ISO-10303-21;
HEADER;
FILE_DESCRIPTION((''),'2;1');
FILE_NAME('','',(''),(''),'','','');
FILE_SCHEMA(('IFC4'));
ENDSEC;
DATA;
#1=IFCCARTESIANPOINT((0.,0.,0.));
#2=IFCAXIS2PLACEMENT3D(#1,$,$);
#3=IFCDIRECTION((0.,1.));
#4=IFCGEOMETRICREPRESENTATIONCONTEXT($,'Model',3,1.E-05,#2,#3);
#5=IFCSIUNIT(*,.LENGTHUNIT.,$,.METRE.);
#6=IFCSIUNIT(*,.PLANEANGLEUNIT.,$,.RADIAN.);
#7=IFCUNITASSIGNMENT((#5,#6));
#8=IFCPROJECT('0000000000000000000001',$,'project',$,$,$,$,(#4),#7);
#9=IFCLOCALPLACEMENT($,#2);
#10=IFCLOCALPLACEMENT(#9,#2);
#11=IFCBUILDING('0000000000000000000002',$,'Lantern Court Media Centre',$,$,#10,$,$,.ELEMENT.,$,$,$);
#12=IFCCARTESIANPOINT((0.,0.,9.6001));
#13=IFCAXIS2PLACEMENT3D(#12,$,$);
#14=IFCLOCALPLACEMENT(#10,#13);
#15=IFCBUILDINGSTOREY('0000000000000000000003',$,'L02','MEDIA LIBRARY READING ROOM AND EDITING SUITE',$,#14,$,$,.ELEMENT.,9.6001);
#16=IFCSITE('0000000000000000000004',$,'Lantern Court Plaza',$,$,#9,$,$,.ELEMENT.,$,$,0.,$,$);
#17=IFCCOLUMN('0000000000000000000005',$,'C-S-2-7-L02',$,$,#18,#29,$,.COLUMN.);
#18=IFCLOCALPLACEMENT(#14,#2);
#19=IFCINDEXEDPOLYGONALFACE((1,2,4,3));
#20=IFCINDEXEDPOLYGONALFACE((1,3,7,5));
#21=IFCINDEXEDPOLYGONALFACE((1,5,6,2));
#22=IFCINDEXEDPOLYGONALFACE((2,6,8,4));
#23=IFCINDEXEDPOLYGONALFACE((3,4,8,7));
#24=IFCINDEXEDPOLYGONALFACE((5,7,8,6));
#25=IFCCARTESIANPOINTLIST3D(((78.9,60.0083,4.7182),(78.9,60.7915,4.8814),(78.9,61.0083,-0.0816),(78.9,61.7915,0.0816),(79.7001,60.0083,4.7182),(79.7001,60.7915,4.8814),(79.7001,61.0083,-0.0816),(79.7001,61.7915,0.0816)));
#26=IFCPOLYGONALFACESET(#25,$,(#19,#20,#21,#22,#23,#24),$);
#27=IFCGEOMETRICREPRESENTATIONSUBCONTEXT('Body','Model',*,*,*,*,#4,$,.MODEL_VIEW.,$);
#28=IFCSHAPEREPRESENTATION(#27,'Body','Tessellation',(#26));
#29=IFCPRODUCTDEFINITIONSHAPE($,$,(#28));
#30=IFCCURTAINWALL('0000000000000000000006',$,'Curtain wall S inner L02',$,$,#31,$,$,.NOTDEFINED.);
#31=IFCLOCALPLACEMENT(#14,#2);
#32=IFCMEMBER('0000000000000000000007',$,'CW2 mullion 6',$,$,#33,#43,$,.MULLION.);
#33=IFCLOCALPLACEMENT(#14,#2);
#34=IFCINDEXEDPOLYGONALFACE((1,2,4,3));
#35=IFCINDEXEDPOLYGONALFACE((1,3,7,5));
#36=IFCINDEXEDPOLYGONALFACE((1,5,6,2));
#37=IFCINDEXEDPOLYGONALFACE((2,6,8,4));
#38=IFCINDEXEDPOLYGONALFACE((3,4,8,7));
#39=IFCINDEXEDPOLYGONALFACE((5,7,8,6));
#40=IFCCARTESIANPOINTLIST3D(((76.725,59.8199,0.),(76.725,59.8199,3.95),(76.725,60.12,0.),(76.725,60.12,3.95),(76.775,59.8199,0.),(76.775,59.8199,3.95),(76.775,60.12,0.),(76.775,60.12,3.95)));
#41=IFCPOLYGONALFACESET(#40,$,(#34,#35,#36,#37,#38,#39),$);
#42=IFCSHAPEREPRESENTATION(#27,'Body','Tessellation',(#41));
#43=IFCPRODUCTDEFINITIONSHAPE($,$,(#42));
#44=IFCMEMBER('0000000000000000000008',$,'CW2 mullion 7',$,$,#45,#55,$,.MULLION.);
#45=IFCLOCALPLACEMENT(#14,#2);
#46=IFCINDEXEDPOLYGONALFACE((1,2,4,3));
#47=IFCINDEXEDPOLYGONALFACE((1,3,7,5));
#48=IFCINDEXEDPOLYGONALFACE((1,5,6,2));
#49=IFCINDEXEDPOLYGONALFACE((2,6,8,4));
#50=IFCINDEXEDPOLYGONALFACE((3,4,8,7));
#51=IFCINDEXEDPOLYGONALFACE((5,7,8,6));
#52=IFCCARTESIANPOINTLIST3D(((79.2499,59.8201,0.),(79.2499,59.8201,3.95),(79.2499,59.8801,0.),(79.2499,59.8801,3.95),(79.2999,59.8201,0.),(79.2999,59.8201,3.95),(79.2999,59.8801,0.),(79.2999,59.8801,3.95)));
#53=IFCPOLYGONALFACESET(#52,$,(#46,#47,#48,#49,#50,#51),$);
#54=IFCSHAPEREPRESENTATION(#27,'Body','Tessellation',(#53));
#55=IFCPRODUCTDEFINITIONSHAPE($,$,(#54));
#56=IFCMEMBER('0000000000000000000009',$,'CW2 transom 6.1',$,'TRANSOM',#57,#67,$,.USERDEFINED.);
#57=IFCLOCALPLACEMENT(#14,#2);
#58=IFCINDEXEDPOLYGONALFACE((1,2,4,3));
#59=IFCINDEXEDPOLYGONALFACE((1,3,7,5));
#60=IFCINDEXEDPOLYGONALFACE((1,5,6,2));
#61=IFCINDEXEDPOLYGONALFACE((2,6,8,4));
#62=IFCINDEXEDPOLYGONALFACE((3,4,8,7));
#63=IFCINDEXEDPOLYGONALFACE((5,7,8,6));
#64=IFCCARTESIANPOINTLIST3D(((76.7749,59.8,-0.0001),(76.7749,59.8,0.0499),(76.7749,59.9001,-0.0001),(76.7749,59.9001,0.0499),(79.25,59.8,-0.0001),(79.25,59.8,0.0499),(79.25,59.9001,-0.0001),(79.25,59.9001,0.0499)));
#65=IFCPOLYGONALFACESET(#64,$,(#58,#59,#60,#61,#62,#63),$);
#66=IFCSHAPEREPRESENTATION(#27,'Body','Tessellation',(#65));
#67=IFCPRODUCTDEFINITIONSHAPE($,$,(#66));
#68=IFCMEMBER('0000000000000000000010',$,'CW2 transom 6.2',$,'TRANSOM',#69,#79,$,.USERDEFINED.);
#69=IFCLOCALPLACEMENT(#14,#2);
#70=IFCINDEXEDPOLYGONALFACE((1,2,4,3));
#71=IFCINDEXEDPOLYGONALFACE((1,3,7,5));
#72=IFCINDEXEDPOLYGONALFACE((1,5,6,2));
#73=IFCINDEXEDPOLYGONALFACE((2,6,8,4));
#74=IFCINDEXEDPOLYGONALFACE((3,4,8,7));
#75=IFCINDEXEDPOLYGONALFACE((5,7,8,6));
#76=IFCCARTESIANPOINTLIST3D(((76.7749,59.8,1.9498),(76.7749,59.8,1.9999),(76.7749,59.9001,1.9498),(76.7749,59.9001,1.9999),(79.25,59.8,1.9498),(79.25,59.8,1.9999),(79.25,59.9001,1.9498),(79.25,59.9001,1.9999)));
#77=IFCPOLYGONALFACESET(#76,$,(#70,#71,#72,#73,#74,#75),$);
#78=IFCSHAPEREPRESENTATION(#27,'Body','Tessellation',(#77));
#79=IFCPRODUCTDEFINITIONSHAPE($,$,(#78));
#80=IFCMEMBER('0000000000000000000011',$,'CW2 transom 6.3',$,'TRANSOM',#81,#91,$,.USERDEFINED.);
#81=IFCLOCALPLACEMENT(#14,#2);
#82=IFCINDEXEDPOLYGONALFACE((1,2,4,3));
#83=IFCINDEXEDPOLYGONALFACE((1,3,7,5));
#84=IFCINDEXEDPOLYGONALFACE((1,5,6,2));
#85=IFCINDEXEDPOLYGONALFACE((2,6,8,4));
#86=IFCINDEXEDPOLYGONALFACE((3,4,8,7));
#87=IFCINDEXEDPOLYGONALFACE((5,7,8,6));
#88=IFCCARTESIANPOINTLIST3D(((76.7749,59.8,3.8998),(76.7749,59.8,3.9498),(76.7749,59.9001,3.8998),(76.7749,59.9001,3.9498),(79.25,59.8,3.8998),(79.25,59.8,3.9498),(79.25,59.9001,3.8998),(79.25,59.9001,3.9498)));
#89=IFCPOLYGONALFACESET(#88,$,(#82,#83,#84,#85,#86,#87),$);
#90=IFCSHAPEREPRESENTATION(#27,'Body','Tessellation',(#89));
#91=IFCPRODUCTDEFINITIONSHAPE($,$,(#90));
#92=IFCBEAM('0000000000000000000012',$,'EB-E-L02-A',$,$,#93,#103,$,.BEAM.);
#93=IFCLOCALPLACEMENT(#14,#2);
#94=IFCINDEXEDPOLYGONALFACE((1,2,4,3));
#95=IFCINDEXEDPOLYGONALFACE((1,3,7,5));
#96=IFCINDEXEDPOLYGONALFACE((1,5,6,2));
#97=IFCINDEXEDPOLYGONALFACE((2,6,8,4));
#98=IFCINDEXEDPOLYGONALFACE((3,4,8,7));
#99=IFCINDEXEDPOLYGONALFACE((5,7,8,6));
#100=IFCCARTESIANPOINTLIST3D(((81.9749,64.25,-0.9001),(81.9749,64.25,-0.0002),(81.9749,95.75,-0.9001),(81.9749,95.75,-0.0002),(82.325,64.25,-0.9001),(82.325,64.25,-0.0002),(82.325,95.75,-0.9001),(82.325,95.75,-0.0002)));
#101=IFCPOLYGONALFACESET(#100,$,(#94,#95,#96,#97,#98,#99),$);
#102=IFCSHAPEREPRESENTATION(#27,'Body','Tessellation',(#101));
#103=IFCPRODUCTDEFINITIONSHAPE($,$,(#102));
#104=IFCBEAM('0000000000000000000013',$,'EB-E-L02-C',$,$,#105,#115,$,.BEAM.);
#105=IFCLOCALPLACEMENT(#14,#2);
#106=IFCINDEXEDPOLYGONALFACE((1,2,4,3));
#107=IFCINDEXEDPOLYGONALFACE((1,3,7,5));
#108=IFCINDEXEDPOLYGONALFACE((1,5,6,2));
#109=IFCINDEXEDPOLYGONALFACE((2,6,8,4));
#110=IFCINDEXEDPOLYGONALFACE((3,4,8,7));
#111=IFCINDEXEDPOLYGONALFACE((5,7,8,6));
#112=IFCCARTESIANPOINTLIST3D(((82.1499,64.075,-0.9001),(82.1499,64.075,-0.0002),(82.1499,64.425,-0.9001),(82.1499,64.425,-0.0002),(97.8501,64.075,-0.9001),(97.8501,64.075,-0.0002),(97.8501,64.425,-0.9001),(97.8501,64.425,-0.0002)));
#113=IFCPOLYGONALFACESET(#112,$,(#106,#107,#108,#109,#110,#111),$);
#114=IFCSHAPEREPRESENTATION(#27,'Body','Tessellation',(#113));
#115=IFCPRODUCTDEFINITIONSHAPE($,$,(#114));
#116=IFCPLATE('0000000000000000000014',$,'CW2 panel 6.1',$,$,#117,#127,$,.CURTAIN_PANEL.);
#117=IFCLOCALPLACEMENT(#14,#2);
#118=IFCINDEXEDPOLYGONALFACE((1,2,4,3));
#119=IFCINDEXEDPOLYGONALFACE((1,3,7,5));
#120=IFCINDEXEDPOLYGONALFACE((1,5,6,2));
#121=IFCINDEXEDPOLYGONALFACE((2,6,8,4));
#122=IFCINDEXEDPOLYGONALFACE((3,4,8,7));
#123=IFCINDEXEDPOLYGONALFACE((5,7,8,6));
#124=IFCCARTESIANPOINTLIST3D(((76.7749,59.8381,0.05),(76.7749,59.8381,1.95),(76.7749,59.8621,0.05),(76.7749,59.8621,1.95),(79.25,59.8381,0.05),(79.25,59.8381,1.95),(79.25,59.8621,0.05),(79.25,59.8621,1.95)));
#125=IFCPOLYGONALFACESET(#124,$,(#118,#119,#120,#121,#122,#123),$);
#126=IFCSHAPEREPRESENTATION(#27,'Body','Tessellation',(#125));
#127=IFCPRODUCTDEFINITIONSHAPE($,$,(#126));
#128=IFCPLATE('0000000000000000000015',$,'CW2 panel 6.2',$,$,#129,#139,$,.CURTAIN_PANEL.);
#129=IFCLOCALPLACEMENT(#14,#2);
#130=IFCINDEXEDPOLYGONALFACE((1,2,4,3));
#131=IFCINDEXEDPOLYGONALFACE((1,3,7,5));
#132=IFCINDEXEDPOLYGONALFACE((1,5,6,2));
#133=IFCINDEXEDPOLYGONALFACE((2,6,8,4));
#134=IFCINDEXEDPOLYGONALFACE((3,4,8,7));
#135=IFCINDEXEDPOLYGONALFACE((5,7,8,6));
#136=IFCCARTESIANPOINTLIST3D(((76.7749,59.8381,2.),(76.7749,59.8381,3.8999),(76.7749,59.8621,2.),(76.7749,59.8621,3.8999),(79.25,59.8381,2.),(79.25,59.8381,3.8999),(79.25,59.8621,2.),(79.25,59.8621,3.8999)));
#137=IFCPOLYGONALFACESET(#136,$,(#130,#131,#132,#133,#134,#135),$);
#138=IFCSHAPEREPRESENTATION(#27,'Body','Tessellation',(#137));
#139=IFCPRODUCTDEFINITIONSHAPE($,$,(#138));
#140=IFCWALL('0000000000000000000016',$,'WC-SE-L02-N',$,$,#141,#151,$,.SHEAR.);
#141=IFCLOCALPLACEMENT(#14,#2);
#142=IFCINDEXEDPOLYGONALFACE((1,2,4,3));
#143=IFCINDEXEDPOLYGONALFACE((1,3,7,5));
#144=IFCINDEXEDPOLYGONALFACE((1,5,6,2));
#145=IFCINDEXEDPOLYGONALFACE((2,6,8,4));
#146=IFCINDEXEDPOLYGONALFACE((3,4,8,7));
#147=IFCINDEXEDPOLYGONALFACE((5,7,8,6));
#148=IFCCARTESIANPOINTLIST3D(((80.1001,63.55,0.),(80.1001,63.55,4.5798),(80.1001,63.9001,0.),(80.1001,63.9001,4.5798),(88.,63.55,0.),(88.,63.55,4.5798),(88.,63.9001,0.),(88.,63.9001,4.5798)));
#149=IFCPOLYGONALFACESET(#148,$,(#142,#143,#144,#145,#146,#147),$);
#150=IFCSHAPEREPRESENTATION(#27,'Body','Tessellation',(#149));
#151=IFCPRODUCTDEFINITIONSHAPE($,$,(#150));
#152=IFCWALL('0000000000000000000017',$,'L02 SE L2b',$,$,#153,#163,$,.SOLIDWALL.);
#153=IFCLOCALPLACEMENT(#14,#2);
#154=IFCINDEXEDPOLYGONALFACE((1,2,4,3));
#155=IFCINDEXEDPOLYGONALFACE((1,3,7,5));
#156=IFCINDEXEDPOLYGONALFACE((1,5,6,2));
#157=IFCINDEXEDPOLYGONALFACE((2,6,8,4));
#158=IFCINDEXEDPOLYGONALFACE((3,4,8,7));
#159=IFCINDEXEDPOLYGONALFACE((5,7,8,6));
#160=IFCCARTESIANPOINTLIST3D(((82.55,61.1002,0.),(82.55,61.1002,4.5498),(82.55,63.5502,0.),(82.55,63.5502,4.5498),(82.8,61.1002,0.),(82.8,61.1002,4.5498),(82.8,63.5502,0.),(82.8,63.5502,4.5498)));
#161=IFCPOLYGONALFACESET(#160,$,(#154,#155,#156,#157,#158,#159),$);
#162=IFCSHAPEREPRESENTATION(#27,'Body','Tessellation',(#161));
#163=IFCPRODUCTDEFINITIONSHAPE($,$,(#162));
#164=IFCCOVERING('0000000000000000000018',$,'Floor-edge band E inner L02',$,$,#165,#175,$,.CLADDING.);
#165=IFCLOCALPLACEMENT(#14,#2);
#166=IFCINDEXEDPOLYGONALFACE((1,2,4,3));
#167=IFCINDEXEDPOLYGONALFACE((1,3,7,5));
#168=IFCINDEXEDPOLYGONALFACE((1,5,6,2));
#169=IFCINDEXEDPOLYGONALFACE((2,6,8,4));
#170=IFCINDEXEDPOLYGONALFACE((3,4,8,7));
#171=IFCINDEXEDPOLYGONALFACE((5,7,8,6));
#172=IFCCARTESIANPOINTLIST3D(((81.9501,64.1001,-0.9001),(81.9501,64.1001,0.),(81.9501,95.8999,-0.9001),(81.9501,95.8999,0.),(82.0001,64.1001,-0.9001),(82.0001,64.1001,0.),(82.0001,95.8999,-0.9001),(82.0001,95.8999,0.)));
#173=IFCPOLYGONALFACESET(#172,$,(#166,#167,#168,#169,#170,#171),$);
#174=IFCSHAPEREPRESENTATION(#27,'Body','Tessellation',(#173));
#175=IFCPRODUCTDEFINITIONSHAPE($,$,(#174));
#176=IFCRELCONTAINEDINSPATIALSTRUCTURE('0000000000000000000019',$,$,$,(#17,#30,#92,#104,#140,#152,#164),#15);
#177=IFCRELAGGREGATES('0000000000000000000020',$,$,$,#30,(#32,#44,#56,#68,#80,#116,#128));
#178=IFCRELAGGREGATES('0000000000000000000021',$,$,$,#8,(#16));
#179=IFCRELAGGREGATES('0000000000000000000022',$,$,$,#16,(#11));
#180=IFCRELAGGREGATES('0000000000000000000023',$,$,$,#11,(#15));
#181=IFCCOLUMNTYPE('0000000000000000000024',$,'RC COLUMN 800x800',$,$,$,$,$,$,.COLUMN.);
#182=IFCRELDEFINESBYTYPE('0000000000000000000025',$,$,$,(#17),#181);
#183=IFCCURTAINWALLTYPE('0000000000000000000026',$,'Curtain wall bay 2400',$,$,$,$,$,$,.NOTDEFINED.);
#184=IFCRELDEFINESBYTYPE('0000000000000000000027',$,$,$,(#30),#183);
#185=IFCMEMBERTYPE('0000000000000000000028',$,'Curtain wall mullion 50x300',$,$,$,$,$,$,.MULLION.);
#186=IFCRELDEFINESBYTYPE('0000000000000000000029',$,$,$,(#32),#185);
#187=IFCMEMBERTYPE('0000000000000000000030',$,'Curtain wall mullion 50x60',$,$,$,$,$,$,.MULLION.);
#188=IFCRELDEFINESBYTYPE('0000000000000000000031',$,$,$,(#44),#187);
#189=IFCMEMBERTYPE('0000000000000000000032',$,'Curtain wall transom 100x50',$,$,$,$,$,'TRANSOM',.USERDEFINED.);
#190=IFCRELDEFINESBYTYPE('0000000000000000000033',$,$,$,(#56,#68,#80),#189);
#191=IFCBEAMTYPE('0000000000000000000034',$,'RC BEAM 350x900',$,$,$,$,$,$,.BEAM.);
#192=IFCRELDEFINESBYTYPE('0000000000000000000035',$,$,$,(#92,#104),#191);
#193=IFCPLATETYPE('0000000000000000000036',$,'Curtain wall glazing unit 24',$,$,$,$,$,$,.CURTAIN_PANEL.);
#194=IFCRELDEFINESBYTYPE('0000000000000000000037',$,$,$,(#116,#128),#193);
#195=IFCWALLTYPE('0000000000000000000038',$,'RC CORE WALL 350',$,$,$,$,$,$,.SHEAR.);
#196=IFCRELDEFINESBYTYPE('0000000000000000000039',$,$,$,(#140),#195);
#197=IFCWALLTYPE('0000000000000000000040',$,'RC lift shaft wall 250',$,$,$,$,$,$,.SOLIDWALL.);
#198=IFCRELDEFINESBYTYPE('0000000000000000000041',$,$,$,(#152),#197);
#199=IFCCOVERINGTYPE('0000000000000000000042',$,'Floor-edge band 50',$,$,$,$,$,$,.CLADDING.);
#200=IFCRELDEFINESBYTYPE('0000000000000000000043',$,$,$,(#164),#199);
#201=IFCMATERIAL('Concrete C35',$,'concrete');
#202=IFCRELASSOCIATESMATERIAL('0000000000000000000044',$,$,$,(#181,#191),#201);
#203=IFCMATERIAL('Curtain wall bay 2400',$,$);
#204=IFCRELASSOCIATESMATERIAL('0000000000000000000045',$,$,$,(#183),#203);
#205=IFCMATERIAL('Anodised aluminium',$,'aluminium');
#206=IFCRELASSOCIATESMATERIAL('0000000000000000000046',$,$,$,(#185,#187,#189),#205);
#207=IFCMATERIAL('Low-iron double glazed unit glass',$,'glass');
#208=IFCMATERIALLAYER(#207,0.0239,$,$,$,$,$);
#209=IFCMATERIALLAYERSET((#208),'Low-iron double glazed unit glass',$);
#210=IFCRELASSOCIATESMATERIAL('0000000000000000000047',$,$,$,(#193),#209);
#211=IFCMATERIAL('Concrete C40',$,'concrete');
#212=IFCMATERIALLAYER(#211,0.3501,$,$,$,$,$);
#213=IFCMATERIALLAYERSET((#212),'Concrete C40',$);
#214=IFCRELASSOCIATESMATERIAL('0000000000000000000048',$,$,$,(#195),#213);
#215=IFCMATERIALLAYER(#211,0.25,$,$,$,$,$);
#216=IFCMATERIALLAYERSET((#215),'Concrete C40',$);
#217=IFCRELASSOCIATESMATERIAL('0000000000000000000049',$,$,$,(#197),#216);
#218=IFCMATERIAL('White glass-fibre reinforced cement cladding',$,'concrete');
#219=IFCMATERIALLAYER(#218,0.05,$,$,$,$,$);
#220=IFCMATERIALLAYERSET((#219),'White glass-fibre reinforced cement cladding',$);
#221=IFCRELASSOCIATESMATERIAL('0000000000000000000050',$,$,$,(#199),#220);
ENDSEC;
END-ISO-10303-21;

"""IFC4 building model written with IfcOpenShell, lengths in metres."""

from ifc_helpers import new_model, si_unit, direction, frame, frame_2d, origin, origin_2d, place, context, subcontext, project, spatial, rectangle, extrude, material, layer, layer_set, material_profile, profile_set, type_object, element, aggregate, save


model = new_model("IFC4")

# Units and contexts
model_context = context("Model", 3, precision=1e-05, world=origin(), true_north=direction((0.0, 1.0)))
body_context = subcontext(model_context, "Body", "Model", "MODEL_VIEW")
ifc_project = project(units=[si_unit("LENGTHUNIT", "METRE"), si_unit("PLANEANGLEUNIT", "RADIAN")], contexts=[model_context])

# Site, building, storey
site_placement = place(None, origin())
site = spatial("IfcSite", under=ifc_project, at=site_placement, Name="Lantern Court Plaza", CompositionType="ELEMENT", RefElevation=0.0)
building_placement = place(site_placement, origin())
building = spatial("IfcBuilding", under=site, at=building_placement, Name="Lantern Court Media Centre", CompositionType="ELEMENT")
storey_placement = place(building_placement, frame((0.0, 0.0, 9.6001)))
storey = spatial("IfcBuildingStorey", under=building, at=storey_placement, Name="L02", Description="MEDIA LIBRARY READING ROOM AND EDITING SUITE", CompositionType="ELEMENT", Elevation=9.6001)

# Column
ifc_material_1 = material(Name="Concrete C35", Category="concrete")
ifc_material_profile_1 = material_profile(ifc_material_1, rectangle(XDim=0.8, YDim=0.8, at=origin_2d()), Name="RC 800x800")
ifc_profile_set_1 = profile_set([ifc_material_profile_1], Name="Concrete C35")
column_type = type_object("IfcColumnType", Name="RC COLUMN 800x800", PredefinedType="COLUMN", material=ifc_profile_set_1)
column_placement = place(storey_placement, frame((79.3, 61.3999, 0.0), z_axis=(0.0, -0.203962, 0.978979), x_axis=(1.0, 0.0, 0.0)))
element("IfcColumn", 1, at=column_placement, inside=storey, type_object=column_type, Name="C-S-2-7-L02", PredefinedType="COLUMN", context=body_context, shape_type="SweptSolid", body=[
    extrude(rectangle(XDim=0.8, YDim=0.8, at=origin_2d()), origin(), (0.0, 0.0, 1.0), 4.9028),
])

# Curtain wall, members
ifc_material_2 = material(Name="Curtain wall bay 2400")
curtain_wall_type = type_object("IfcCurtainWallType", Name="Curtain wall bay 2400", PredefinedType="NOTDEFINED", material=ifc_material_2)
curtain_wall_placement = place(storey_placement, origin())
curtain_wall = element("IfcCurtainWall", 2, at=curtain_wall_placement, inside=storey, type_object=curtain_wall_type, Name="Curtain wall S inner L02", PredefinedType="NOTDEFINED")
ifc_material_3 = material(Name="Anodised aluminium", Category="aluminium")
ifc_material_profile_2 = material_profile(ifc_material_3, rectangle(XDim=0.3, YDim=0.05, at=origin_2d()), Name="AL 50x300")
ifc_profile_set_2 = profile_set([ifc_material_profile_2], Name="Anodised aluminium")
member_type_1 = type_object("IfcMemberType", Name="Curtain wall mullion 50x300", PredefinedType="MULLION", material=ifc_profile_set_2)
member_1_placement = place(storey_placement, frame((76.75, 59.97, 0.0), z_axis=(0.0, 0.0, 1.0), x_axis=(0.0, 1.0, 0.0)))
member_1 = element("IfcMember", 3, at=member_1_placement, type_object=member_type_1, Name="CW2 mullion 6", PredefinedType="MULLION", context=body_context, shape_type="SweptSolid", body=[
    extrude(rectangle(XDim=0.3, YDim=0.05, at=origin_2d()), origin(), (0.0, 0.0, 1.0), 3.95),
])
ifc_material_profile_3 = material_profile(ifc_material_3, rectangle(XDim=0.0601, YDim=0.05, at=origin_2d()), Name="AL 50x60")
ifc_profile_set_3 = profile_set([ifc_material_profile_3], Name="Anodised aluminium")
member_type_2 = type_object("IfcMemberType", Name="Curtain wall mullion 50x60", PredefinedType="MULLION", material=ifc_profile_set_3)
member_2_placement = place(storey_placement, frame((79.2749, 59.8501, 0.0), z_axis=(0.0, 0.0, 1.0), x_axis=(0.0, 1.0, 0.0)))
member_2 = element("IfcMember", 4, at=member_2_placement, type_object=member_type_2, Name="CW2 mullion 7", PredefinedType="MULLION", context=body_context, shape_type="SweptSolid", body=[
    extrude(rectangle(XDim=0.0601, YDim=0.05, at=origin_2d()), origin(), (0.0, 0.0, 1.0), 3.95),
])
ifc_material_profile_4 = material_profile(ifc_material_3, rectangle(XDim=0.1001, YDim=0.05, at=origin_2d()), Name="AL 50x100")
ifc_profile_set_4 = profile_set([ifc_material_profile_4], Name="Anodised aluminium")
member_type_3 = type_object("IfcMemberType", Name="Curtain wall transom 100x50", ElementType="TRANSOM", PredefinedType="USERDEFINED", material=ifc_profile_set_4)
member_3_placement = place(storey_placement, frame((76.7749, 59.8501, 0.0249), z_axis=(1.0, 0.0, 0.0), x_axis=(0.0, 1.0, 0.0)))
member_3 = element("IfcMember", 5, at=member_3_placement, type_object=member_type_3, Name="CW2 transom 6.1", ObjectType="TRANSOM", PredefinedType="USERDEFINED", context=body_context, shape_type="SweptSolid", body=[
    extrude(rectangle(XDim=0.1001, YDim=0.05, at=origin_2d()), origin(), (0.0, 0.0, 1.0), 2.4751),
])
member_4_placement = place(storey_placement, frame((76.7749, 59.8501, 1.9749), z_axis=(1.0, 0.0, 0.0), x_axis=(0.0, 1.0, 0.0)))
member_4 = element("IfcMember", 6, at=member_4_placement, type_object=member_type_3, Name="CW2 transom 6.2", ObjectType="TRANSOM", PredefinedType="USERDEFINED", context=body_context, shape_type="SweptSolid", body=[
    extrude(rectangle(XDim=0.1001, YDim=0.05, at=origin_2d()), origin(), (0.0, 0.0, 1.0), 2.4751),
])
member_5_placement = place(storey_placement, frame((76.7749, 59.8501, 3.9248), z_axis=(1.0, 0.0, 0.0), x_axis=(0.0, 1.0, 0.0)))
member_5 = element("IfcMember", 7, at=member_5_placement, type_object=member_type_3, Name="CW2 transom 6.3", ObjectType="TRANSOM", PredefinedType="USERDEFINED", context=body_context, shape_type="SweptSolid", body=[
    extrude(rectangle(XDim=0.1001, YDim=0.05, at=origin_2d()), origin(), (0.0, 0.0, 1.0), 2.4751),
])

# Beams
ifc_material_profile_5 = material_profile(ifc_material_1, rectangle(XDim=0.3501, YDim=0.8999, at=origin_2d()), Name="RC 350x900")
ifc_profile_set_5 = profile_set([ifc_material_profile_5], Name="Concrete C35")
beam_type = type_object("IfcBeamType", Name="RC BEAM 350x900", PredefinedType="BEAM", material=ifc_profile_set_5)
beam_1_placement = place(storey_placement, frame((82.1499, 64.25, -0.4502), z_axis=(0.0, 1.0, 0.0), x_axis=(-1.0, 0.0, 0.0)))
element("IfcBeam", 8, at=beam_1_placement, inside=storey, type_object=beam_type, Name="EB-E-L02-A", PredefinedType="BEAM", context=body_context, shape_type="SweptSolid", body=[
    extrude(rectangle(XDim=0.3501, YDim=0.8999, at=origin_2d()), origin(), (0.0, 0.0, 1.0), 31.5),
])
beam_2_placement = place(storey_placement, frame((82.1499, 64.25, -0.4502), z_axis=(1.0, 0.0, 0.0), x_axis=(0.0, 1.0, 0.0)))
element("IfcBeam", 9, at=beam_2_placement, inside=storey, type_object=beam_type, Name="EB-E-L02-C", PredefinedType="BEAM", context=body_context, shape_type="SweptSolid", body=[
    extrude(rectangle(XDim=0.3501, YDim=0.8999, at=origin_2d()), origin(), (0.0, 0.0, 1.0), 15.7002),
])

# Plates
ifc_material_4 = material(Name="Low-iron double glazed unit glass", Category="glass")
ifc_layer_1 = layer(ifc_material_4, 0.0239)
ifc_layer_set_1 = layer_set([ifc_layer_1], Name="Low-iron double glazed unit glass")
plate_type = type_object("IfcPlateType", Name="Curtain wall glazing unit 24", PredefinedType="CURTAIN_PANEL", material=ifc_layer_set_1)
plate_1_placement = place(storey_placement, frame((78.0125, 59.8501, 0.05), z_axis=(0.0, 0.0, 1.0), x_axis=(1.0, 0.0, 0.0)))
plate_1 = element("IfcPlate", 10, at=plate_1_placement, type_object=plate_type, Name="CW2 panel 6.1", PredefinedType="CURTAIN_PANEL", context=body_context, shape_type="SweptSolid", body=[
    extrude(rectangle(XDim=2.4751, YDim=0.0239, at=origin_2d()), origin(), (0.0, 0.0, 1.0), 1.8999),
])
plate_2_placement = place(storey_placement, frame((78.0125, 59.8501, 2.0), z_axis=(0.0, 0.0, 1.0), x_axis=(1.0, 0.0, 0.0)))
plate_2 = element("IfcPlate", 11, at=plate_2_placement, type_object=plate_type, Name="CW2 panel 6.2", PredefinedType="CURTAIN_PANEL", context=body_context, shape_type="SweptSolid", body=[
    extrude(rectangle(XDim=2.4751, YDim=0.0239, at=origin_2d()), origin(), (0.0, 0.0, 1.0), 1.8999),
])
aggregate(curtain_wall, [member_1, member_2, member_3, member_4, member_5, plate_1, plate_2])

# Walls
ifc_material_5 = material(Name="Concrete C40", Category="concrete")
ifc_layer_2 = layer(ifc_material_5, 0.3501)
ifc_layer_set_2 = layer_set([ifc_layer_2], Name="Concrete C40")
wall_type_1 = type_object("IfcWallType", Name="RC CORE WALL 350", PredefinedType="SHEAR", material=ifc_layer_set_2)
wall_1_placement = place(storey_placement, frame((80.1001, 63.7251, 0.0), z_axis=(0.0, 0.0, 1.0), x_axis=(1.0, 0.0, 0.0)))
element("IfcWall", 12, at=wall_1_placement, inside=storey, type_object=wall_type_1, Name="WC-SE-L02-N", PredefinedType="SHEAR", context=body_context, shape_type="SweptSolid", body=[
    extrude(rectangle(XDim=7.8999, YDim=0.3501, at=frame_2d((3.95, 0.0))), origin(), (0.0, 0.0, 1.0), 4.5798),
])
ifc_layer_3 = layer(ifc_material_5, 0.25)
ifc_layer_set_3 = layer_set([ifc_layer_3], Name="Concrete C40")
wall_type_2 = type_object("IfcWallType", Name="RC lift shaft wall 250", PredefinedType="SOLIDWALL", material=ifc_layer_set_3)
wall_2_placement = place(storey_placement, frame((82.675, 61.1001, 0.0), z_axis=(0.0, 0.0, 1.0), x_axis=(0.0, 1.0, 0.0)))
element("IfcWall", 13, at=wall_2_placement, inside=storey, type_object=wall_type_2, Name="L02 SE L2b", PredefinedType="SOLIDWALL", context=body_context, shape_type="SweptSolid", body=[
    extrude(rectangle(XDim=2.45, YDim=0.25, at=frame_2d((1.2251, 0.0))), origin(), (0.0, 0.0, 1.0), 4.5498),
])

# Covering
ifc_material_6 = material(Name="White glass-fibre reinforced cement cladding", Category="concrete")
ifc_layer_4 = layer(ifc_material_6, 0.05)
ifc_layer_set_4 = layer_set([ifc_layer_4], Name="White glass-fibre reinforced cement cladding")
covering_type_1 = type_object("IfcCoveringType", Name="Floor-edge band 50", PredefinedType="CLADDING", material=ifc_layer_set_4)
covering_1_placement = place(storey_placement, frame((81.9751, 64.1001, -0.9001), z_axis=(0.0, 0.0, 1.0), x_axis=(0.0, 1.0, 0.0)))
element("IfcCovering", 14, at=covering_1_placement, inside=storey, type_object=covering_type_1, Name="Floor-edge band E inner L02", PredefinedType="CLADDING", context=body_context, shape_type="SweptSolid", body=[
    extrude(rectangle(XDim=31.7998, YDim=0.05, at=frame_2d((15.8999, 0.0))), origin(), (0.0, 0.0, 1.0), 0.9001),
])

save(model, "model.ifc")
